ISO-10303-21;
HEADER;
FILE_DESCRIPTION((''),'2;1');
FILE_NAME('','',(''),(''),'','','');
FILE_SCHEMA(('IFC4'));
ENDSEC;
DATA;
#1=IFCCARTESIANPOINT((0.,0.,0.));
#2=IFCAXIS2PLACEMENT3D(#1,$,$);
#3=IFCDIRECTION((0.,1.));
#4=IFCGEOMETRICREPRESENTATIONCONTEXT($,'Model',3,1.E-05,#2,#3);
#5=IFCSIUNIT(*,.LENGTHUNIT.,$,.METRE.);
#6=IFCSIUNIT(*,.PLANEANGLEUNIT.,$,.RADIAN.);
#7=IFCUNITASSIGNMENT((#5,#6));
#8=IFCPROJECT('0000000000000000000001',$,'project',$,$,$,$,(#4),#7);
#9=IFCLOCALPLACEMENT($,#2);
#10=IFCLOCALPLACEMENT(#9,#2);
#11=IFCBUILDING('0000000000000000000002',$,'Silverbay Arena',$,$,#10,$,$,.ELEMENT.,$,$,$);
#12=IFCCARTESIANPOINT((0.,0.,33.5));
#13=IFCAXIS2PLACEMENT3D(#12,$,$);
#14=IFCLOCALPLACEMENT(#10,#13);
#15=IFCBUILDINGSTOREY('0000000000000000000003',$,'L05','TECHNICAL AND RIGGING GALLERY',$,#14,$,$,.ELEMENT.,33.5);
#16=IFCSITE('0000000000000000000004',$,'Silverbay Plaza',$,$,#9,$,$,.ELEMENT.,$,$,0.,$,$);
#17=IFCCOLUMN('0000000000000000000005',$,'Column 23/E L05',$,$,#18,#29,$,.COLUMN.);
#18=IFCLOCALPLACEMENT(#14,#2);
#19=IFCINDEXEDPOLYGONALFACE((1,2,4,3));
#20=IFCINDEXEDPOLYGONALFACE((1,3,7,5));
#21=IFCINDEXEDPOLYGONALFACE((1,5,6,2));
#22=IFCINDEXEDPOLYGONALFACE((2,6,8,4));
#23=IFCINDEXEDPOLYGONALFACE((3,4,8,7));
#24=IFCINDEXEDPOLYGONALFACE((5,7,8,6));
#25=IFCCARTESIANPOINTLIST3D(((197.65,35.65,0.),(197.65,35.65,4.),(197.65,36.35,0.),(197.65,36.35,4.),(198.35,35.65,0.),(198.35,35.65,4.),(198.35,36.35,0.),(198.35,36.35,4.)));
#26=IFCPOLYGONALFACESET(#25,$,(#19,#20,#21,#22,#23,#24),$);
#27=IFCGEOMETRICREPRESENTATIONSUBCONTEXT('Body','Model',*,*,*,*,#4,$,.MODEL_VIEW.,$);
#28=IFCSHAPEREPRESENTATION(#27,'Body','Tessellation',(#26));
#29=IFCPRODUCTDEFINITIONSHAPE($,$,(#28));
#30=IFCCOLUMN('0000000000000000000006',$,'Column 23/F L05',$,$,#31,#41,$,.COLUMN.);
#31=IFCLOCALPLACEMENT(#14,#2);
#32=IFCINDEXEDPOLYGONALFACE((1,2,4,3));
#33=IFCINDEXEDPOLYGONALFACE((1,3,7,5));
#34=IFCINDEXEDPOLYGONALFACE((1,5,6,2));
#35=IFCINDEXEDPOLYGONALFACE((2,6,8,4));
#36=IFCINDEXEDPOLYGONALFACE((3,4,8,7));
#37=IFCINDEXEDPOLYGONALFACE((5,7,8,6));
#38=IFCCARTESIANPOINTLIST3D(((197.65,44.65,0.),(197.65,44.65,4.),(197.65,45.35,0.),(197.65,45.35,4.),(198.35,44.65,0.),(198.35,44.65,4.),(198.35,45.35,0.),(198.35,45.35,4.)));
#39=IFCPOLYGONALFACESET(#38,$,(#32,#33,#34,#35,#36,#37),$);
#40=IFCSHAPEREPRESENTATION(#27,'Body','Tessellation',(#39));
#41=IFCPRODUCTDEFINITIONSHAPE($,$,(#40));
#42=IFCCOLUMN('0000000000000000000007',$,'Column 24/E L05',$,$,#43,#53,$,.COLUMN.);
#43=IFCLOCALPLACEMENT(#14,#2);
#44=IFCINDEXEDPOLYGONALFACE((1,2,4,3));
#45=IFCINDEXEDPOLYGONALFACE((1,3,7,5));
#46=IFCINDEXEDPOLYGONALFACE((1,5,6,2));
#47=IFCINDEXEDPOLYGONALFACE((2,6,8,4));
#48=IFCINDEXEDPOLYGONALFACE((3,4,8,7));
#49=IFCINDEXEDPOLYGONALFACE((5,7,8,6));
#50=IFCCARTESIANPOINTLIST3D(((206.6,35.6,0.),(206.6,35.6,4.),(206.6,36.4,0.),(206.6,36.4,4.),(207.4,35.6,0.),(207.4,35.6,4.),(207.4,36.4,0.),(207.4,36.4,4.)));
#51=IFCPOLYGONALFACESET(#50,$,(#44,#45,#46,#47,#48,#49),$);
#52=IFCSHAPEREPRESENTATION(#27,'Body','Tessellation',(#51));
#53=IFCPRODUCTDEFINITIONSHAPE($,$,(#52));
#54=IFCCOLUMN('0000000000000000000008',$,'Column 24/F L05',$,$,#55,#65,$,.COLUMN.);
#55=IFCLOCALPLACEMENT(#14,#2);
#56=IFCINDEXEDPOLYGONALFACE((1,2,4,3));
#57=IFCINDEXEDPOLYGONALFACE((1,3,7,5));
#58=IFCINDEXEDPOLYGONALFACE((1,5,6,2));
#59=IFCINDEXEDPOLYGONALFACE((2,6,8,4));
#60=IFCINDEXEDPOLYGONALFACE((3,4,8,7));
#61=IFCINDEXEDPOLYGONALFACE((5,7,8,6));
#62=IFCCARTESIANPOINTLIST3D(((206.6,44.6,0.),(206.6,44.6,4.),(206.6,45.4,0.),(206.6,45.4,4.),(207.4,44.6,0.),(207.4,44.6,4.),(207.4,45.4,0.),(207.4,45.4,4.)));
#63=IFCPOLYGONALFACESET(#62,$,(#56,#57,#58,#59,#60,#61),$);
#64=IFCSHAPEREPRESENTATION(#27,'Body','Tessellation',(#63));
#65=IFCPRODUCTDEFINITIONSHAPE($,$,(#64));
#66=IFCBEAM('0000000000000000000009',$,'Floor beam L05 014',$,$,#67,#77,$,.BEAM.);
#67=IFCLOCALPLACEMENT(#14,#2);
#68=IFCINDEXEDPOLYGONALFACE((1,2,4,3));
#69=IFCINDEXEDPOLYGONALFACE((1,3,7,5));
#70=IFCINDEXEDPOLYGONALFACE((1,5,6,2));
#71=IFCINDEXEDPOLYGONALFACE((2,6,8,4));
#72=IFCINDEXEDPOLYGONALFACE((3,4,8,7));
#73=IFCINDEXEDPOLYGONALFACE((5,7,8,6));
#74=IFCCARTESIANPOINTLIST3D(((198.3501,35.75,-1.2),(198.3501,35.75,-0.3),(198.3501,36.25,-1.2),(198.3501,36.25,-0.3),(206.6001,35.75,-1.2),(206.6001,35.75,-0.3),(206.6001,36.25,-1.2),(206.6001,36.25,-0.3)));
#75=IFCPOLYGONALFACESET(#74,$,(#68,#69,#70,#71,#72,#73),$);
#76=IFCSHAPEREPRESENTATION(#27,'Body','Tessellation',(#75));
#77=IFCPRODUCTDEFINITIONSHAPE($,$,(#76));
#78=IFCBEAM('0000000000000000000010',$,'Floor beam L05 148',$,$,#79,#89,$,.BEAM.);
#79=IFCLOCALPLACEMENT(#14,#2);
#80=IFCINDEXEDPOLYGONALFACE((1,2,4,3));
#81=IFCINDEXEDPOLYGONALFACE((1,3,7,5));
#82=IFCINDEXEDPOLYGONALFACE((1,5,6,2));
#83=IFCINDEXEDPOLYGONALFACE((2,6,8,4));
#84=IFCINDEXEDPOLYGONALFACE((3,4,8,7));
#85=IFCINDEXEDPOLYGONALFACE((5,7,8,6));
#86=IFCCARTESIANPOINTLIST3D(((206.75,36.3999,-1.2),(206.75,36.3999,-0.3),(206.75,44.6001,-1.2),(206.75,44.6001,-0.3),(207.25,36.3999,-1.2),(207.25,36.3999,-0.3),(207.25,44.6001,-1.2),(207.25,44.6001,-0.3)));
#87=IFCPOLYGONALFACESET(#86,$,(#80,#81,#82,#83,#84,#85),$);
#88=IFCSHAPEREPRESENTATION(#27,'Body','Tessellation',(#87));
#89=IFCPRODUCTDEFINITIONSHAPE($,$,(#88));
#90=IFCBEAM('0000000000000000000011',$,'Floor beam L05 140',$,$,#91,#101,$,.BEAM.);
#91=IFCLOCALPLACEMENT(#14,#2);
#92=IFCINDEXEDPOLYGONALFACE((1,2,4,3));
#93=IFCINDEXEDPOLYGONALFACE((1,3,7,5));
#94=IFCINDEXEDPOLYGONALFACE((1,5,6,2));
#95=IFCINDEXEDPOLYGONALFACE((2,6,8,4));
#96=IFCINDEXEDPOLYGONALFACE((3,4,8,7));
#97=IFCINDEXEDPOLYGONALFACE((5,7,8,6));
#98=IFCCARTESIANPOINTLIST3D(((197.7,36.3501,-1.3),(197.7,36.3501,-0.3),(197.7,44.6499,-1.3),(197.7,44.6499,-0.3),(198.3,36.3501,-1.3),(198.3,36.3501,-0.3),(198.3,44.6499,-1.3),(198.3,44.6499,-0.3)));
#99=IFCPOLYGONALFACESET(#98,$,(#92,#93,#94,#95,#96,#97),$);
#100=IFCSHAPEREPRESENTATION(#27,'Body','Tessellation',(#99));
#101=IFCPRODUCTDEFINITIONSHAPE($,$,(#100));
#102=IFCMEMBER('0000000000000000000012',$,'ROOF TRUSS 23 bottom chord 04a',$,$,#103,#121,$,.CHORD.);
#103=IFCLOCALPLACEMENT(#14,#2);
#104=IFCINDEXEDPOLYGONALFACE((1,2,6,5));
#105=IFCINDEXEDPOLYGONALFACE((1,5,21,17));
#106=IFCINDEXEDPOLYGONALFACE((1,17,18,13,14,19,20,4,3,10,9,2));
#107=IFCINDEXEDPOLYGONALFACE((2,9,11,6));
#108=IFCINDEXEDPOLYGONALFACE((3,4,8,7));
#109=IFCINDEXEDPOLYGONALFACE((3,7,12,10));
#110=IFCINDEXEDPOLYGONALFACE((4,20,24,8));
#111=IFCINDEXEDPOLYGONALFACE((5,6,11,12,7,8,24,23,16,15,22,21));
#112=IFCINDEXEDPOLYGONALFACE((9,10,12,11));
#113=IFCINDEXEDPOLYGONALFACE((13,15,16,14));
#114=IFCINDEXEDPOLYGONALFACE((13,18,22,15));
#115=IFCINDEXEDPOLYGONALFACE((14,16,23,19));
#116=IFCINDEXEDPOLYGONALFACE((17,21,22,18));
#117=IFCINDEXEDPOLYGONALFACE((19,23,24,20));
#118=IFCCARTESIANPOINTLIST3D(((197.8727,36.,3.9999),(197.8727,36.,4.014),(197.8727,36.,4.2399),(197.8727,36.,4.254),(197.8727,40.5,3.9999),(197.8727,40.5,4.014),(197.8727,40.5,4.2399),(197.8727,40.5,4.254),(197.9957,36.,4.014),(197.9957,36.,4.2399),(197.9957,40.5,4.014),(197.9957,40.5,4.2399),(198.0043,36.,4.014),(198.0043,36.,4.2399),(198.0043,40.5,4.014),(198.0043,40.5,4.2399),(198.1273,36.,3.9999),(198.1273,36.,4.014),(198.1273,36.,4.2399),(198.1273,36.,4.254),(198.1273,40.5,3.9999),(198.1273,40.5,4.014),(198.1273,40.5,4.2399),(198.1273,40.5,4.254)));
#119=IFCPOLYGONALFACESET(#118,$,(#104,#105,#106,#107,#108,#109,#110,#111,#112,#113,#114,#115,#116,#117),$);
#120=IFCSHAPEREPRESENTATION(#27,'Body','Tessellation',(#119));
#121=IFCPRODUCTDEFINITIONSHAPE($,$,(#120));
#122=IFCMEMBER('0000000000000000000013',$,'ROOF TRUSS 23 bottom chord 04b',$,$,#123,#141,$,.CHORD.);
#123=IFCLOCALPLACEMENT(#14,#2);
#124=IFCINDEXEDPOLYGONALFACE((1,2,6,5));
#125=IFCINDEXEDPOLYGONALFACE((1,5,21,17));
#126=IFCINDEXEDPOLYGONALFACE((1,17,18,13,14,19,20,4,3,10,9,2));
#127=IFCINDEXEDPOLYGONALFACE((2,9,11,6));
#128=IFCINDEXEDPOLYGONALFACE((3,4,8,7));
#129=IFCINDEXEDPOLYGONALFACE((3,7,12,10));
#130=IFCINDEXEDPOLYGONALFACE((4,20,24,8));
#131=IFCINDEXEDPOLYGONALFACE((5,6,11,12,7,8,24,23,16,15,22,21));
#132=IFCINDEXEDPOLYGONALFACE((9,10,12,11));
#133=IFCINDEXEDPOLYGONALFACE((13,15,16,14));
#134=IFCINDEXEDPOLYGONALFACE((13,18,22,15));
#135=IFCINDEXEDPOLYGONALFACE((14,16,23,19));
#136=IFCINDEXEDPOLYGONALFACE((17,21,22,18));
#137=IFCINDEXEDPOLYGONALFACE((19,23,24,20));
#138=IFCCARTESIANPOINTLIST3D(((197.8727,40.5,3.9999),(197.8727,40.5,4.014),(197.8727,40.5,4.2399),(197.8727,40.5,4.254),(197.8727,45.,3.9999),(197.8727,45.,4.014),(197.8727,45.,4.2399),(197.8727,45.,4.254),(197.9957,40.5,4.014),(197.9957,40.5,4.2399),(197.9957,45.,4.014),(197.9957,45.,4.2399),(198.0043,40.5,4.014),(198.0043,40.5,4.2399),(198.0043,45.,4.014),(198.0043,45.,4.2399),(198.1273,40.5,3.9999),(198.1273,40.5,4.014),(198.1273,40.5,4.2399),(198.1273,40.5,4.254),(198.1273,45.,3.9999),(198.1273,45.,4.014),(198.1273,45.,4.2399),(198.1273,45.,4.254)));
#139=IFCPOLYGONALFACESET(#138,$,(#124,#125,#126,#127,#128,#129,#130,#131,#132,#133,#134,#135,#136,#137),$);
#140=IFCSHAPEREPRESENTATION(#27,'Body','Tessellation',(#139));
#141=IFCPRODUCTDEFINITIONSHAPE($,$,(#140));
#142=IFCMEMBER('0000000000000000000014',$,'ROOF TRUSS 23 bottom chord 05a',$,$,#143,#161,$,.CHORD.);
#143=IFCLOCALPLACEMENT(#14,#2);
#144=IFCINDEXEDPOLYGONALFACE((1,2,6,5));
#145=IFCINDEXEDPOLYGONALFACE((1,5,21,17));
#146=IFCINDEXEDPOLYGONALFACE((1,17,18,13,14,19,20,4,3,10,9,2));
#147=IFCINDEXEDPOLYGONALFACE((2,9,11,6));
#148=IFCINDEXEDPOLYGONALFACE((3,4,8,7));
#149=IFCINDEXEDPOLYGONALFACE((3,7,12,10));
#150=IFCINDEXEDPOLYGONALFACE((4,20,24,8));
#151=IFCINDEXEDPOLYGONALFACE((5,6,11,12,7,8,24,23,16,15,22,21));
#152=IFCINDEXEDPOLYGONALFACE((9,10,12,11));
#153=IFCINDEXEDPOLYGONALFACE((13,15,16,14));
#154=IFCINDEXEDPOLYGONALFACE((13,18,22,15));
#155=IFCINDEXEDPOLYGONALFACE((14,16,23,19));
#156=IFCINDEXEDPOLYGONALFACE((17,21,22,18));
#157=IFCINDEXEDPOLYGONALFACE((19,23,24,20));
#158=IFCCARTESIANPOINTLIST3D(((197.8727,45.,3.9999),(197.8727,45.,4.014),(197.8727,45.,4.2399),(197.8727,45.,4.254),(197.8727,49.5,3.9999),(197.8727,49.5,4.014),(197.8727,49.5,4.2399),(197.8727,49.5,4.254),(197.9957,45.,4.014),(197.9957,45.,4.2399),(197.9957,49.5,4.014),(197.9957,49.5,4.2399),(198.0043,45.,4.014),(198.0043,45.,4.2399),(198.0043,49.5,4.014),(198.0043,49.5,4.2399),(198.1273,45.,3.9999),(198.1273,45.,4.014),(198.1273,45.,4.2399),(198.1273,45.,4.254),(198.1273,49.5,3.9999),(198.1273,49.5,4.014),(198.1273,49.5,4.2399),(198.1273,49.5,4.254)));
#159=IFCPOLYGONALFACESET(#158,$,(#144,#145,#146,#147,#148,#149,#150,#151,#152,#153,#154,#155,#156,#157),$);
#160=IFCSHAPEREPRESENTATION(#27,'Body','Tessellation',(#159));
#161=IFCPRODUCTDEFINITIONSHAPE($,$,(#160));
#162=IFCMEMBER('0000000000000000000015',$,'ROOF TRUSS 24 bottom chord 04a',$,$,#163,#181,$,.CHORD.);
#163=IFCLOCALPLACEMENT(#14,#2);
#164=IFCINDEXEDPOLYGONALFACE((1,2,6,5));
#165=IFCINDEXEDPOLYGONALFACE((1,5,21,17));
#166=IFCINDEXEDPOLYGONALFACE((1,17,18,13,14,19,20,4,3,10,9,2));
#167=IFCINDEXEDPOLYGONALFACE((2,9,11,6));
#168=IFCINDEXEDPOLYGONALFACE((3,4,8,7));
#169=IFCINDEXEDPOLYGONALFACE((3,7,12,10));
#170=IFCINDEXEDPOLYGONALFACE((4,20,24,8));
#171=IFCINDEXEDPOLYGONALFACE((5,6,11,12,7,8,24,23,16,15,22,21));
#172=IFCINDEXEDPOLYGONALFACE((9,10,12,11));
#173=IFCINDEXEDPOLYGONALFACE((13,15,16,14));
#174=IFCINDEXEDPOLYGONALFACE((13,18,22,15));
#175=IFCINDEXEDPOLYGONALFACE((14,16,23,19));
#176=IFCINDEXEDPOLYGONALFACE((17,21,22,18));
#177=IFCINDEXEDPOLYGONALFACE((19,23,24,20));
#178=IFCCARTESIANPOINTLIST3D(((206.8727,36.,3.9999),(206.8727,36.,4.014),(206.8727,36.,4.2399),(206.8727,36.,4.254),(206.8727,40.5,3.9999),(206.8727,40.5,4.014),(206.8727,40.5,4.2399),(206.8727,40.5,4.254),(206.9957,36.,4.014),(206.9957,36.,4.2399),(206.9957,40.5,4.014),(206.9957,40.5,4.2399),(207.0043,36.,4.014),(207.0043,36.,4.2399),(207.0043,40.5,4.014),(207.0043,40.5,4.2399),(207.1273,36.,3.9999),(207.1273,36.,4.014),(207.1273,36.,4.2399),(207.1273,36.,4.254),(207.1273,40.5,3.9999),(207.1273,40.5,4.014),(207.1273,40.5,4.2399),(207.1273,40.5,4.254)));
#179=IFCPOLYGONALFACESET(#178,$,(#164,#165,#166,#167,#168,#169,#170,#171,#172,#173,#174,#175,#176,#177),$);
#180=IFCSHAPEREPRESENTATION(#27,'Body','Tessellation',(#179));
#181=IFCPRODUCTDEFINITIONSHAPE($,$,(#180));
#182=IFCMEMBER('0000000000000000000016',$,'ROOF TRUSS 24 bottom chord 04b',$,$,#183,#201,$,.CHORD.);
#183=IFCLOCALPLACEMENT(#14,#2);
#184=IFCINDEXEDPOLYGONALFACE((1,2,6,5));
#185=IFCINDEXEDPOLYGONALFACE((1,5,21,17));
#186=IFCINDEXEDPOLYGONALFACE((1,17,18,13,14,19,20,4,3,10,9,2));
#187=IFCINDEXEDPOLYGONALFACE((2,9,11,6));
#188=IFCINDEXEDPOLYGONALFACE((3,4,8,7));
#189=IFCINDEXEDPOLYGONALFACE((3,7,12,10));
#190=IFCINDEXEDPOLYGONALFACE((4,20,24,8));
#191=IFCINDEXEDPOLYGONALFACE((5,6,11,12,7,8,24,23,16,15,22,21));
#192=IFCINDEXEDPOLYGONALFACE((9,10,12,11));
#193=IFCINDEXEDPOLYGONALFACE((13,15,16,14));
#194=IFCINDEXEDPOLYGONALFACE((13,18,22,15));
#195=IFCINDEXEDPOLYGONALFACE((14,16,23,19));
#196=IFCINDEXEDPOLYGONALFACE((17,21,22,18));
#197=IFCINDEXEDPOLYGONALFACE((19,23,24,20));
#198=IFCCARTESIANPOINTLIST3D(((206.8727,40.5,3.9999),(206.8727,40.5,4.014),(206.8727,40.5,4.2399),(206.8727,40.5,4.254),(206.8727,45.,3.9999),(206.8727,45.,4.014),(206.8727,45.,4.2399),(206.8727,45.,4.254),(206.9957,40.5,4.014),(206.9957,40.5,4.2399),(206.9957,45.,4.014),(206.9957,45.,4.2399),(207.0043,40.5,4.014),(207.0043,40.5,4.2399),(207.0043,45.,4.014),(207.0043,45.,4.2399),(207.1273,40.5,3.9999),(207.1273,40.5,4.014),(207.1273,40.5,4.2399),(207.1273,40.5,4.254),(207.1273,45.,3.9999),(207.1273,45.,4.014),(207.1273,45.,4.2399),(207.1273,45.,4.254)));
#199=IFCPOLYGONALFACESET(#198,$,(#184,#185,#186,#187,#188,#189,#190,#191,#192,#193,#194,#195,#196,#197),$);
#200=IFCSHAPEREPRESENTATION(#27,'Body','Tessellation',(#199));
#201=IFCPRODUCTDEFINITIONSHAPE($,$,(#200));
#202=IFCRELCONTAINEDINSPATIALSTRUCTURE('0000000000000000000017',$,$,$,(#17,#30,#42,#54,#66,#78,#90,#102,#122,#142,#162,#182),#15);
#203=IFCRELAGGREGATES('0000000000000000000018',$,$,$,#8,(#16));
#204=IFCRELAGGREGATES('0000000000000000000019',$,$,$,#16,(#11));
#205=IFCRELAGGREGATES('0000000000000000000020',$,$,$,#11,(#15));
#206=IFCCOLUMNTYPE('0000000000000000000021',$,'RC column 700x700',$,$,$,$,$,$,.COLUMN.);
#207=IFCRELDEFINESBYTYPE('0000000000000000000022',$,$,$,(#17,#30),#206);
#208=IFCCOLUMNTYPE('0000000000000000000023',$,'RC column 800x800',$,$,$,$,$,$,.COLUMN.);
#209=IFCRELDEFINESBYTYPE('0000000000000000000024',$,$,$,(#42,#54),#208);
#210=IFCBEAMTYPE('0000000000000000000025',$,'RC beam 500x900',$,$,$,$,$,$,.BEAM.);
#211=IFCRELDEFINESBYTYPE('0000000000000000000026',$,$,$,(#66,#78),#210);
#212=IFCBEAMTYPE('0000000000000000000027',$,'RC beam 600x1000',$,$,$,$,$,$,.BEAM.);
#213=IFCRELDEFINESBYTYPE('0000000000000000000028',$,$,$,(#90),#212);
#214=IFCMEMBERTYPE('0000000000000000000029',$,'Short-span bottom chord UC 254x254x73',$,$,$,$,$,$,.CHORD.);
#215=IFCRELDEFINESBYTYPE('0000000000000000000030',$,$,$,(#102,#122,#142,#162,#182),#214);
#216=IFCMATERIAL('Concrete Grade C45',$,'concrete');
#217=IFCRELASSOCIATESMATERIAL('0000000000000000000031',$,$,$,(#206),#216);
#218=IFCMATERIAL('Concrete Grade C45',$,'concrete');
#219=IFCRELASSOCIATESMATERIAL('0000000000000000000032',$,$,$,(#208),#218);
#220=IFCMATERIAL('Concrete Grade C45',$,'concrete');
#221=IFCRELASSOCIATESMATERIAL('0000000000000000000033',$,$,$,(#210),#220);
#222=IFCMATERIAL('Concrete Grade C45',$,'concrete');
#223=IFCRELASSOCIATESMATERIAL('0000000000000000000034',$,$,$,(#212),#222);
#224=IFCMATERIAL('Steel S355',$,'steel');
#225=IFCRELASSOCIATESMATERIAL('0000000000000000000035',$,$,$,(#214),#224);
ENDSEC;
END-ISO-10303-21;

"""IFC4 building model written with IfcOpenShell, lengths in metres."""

from ifc_helpers import new_model, si_unit, direction, frame, origin, origin_2d, place, context, subcontext, project, spatial, rectangle, i_section, extrude, material, material_profile, profile_set, type_object, element, save


model = new_model("IFC4")

# Units and contexts
model_context = context("Model", 3, precision=1e-05, world=origin(), true_north=direction((0.0, 1.0)))
body_context = subcontext(model_context, "Body", "Model", "MODEL_VIEW")
ifc_project = project(units=[si_unit("LENGTHUNIT", "METRE"), si_unit("PLANEANGLEUNIT", "RADIAN")], contexts=[model_context])

# Site, building, storey
site_placement = place(None, origin())
site = spatial("IfcSite", under=ifc_project, at=site_placement, Name="Silverbay Plaza", CompositionType="ELEMENT", RefElevation=0.0)
building_placement = place(site_placement, origin())
building = spatial("IfcBuilding", under=site, at=building_placement, Name="Silverbay Arena", CompositionType="ELEMENT")
storey_placement = place(building_placement, frame((0.0, 0.0, 33.5)))
storey = spatial("IfcBuildingStorey", under=building, at=storey_placement, Name="L05", Description="TECHNICAL AND RIGGING GALLERY", CompositionType="ELEMENT", Elevation=33.5)

# Columns
ifc_material_1 = material(Name="Concrete Grade C45", Category="concrete")
ifc_material_profile_1 = material_profile(ifc_material_1, rectangle(XDim=0.7, YDim=0.7, at=origin_2d()), Name="RC 700x700")
ifc_profile_set_1 = profile_set([ifc_material_profile_1], Name="Concrete Grade C45")
column_type_1 = type_object("IfcColumnType", Name="RC column 700x700", PredefinedType="COLUMN", material=ifc_profile_set_1)
for number, where, z_axis, x_axis, name in (
    (1, (198.0, 36.0, 0.0), (0.0, 0.0, 1.0), (1.0, 0.0, 0.0), "Column 23/E L05"),
    (2, (198.0, 45.0, 0.0), (0.0, 0.0, 1.0), (1.0, 0.0, 0.0), "Column 23/F L05"),
):
    element("IfcColumn", number, at=place(storey_placement, frame(where, z_axis=z_axis, x_axis=x_axis)), inside=storey, type_object=column_type_1, Name=name, PredefinedType="COLUMN", context=body_context, shape_type="SweptSolid", body=[
        extrude(rectangle(XDim=0.7, YDim=0.7, at=origin_2d()), origin(), (0.0, 0.0, 1.0), 4.0),
    ])
ifc_material_2 = material(Name="Concrete Grade C45", Category="concrete")
ifc_material_profile_2 = material_profile(ifc_material_2, rectangle(XDim=0.8, YDim=0.8, at=origin_2d()), Name="RC 800x800")
ifc_profile_set_2 = profile_set([ifc_material_profile_2], Name="Concrete Grade C45")
column_type_2 = type_object("IfcColumnType", Name="RC column 800x800", PredefinedType="COLUMN", material=ifc_profile_set_2)
for number, where, z_axis, x_axis, name in (
    (3, (207.0, 36.0, 0.0), (0.0, 0.0, 1.0), (1.0, 0.0, 0.0), "Column 24/E L05"),
    (4, (207.0, 45.0, 0.0), (0.0, 0.0, 1.0), (1.0, 0.0, 0.0), "Column 24/F L05"),
):
    element("IfcColumn", number, at=place(storey_placement, frame(where, z_axis=z_axis, x_axis=x_axis)), inside=storey, type_object=column_type_2, Name=name, PredefinedType="COLUMN", context=body_context, shape_type="SweptSolid", body=[
        extrude(rectangle(XDim=0.8, YDim=0.8, at=origin_2d()), origin(), (0.0, 0.0, 1.0), 4.0),
    ])

# Beams
ifc_material_3 = material(Name="Concrete Grade C45", Category="concrete")
ifc_material_profile_3 = material_profile(ifc_material_3, rectangle(XDim=0.5, YDim=0.8999, at=origin_2d()), Name="RC 500x900")
ifc_profile_set_3 = profile_set([ifc_material_profile_3], Name="Concrete Grade C45")
beam_type_1 = type_object("IfcBeamType", Name="RC beam 500x900", PredefinedType="BEAM", material=ifc_profile_set_3)
beam_1_placement = place(storey_placement, frame((198.3501, 36.0, -0.75), z_axis=(1.0, 0.0, 0.0), x_axis=(0.0, 1.0, 0.0)))
element("IfcBeam", 5, at=beam_1_placement, inside=storey, type_object=beam_type_1, Name="Floor beam L05 014", PredefinedType="BEAM", context=body_context, shape_type="SweptSolid", body=[
    extrude(rectangle(XDim=0.5, YDim=0.8999, at=origin_2d()), origin(), (0.0, 0.0, 1.0), 8.25),
])
beam_2_placement = place(storey_placement, frame((207.0, 36.3999, -0.75), z_axis=(0.0, 1.0, 0.0), x_axis=(-1.0, 0.0, 0.0)))
element("IfcBeam", 6, at=beam_2_placement, inside=storey, type_object=beam_type_1, Name="Floor beam L05 148", PredefinedType="BEAM", context=body_context, shape_type="SweptSolid", body=[
    extrude(rectangle(XDim=0.5, YDim=0.8999, at=origin_2d()), origin(), (0.0, 0.0, 1.0), 8.2002),
])
ifc_material_4 = material(Name="Concrete Grade C45", Category="concrete")
ifc_material_profile_4 = material_profile(ifc_material_4, rectangle(XDim=0.6001, YDim=1.0, at=origin_2d()), Name="RC 600x1000")
ifc_profile_set_4 = profile_set([ifc_material_profile_4], Name="Concrete Grade C45")
beam_type_2 = type_object("IfcBeamType", Name="RC beam 600x1000", PredefinedType="BEAM", material=ifc_profile_set_4)
beam_3_placement = place(storey_placement, frame((198.0, 36.3501, -0.8), z_axis=(0.0, 1.0, 0.0), x_axis=(-1.0, 0.0, 0.0)))
element("IfcBeam", 7, at=beam_3_placement, inside=storey, type_object=beam_type_2, Name="Floor beam L05 140", PredefinedType="BEAM", context=body_context, shape_type="SweptSolid", body=[
    extrude(rectangle(XDim=0.6001, YDim=1.0, at=origin_2d()), origin(), (0.0, 0.0, 1.0), 8.2998),
])

# Members
ifc_material_5 = material(Name="Steel S355", Category="steel")
ifc_material_profile_5 = material_profile(ifc_material_5, i_section(OverallWidth=0.2546, OverallDepth=0.2542, WebThickness=0.0085, FlangeThickness=0.0142, at=origin_2d()), Name="UC 254x254x73")
ifc_profile_set_5 = profile_set([ifc_material_profile_5], Name="Steel S355")
member_type_1 = type_object("IfcMemberType", Name="Short-span bottom chord UC 254x254x73", PredefinedType="CHORD", material=ifc_profile_set_5)
for number, where, z_axis, x_axis, name in (
    (8, (198.0, 36.0, 4.127), (0.0, 1.0, 0.0), (-1.0, 0.0, 0.0), "ROOF TRUSS 23 bottom chord 04a"),
    (9, (198.0, 40.5, 4.127), (0.0, 1.0, 0.0), (-1.0, 0.0, 0.0), "ROOF TRUSS 23 bottom chord 04b"),
    (10, (198.0, 45.0, 4.127), (0.0, 1.0, 0.0), (-1.0, 0.0, 0.0), "ROOF TRUSS 23 bottom chord 05a"),
    (11, (207.0, 36.0, 4.127), (0.0, 1.0, 0.0), (-1.0, 0.0, 0.0), "ROOF TRUSS 24 bottom chord 04a"),
    (12, (207.0, 40.5, 4.127), (0.0, 1.0, 0.0), (-1.0, 0.0, 0.0), "ROOF TRUSS 24 bottom chord 04b"),
):
    element("IfcMember", number, at=place(storey_placement, frame(where, z_axis=z_axis, x_axis=x_axis)), inside=storey, type_object=member_type_1, Name=name, PredefinedType="CHORD", context=body_context, shape_type="SweptSolid", body=[
        extrude(i_section(OverallWidth=0.2546, OverallDepth=0.2542, WebThickness=0.0085, FlangeThickness=0.0142, at=origin_2d()), origin(), (0.0, 0.0, 1.0), 4.5),
    ])

save(model, "model.ifc")
